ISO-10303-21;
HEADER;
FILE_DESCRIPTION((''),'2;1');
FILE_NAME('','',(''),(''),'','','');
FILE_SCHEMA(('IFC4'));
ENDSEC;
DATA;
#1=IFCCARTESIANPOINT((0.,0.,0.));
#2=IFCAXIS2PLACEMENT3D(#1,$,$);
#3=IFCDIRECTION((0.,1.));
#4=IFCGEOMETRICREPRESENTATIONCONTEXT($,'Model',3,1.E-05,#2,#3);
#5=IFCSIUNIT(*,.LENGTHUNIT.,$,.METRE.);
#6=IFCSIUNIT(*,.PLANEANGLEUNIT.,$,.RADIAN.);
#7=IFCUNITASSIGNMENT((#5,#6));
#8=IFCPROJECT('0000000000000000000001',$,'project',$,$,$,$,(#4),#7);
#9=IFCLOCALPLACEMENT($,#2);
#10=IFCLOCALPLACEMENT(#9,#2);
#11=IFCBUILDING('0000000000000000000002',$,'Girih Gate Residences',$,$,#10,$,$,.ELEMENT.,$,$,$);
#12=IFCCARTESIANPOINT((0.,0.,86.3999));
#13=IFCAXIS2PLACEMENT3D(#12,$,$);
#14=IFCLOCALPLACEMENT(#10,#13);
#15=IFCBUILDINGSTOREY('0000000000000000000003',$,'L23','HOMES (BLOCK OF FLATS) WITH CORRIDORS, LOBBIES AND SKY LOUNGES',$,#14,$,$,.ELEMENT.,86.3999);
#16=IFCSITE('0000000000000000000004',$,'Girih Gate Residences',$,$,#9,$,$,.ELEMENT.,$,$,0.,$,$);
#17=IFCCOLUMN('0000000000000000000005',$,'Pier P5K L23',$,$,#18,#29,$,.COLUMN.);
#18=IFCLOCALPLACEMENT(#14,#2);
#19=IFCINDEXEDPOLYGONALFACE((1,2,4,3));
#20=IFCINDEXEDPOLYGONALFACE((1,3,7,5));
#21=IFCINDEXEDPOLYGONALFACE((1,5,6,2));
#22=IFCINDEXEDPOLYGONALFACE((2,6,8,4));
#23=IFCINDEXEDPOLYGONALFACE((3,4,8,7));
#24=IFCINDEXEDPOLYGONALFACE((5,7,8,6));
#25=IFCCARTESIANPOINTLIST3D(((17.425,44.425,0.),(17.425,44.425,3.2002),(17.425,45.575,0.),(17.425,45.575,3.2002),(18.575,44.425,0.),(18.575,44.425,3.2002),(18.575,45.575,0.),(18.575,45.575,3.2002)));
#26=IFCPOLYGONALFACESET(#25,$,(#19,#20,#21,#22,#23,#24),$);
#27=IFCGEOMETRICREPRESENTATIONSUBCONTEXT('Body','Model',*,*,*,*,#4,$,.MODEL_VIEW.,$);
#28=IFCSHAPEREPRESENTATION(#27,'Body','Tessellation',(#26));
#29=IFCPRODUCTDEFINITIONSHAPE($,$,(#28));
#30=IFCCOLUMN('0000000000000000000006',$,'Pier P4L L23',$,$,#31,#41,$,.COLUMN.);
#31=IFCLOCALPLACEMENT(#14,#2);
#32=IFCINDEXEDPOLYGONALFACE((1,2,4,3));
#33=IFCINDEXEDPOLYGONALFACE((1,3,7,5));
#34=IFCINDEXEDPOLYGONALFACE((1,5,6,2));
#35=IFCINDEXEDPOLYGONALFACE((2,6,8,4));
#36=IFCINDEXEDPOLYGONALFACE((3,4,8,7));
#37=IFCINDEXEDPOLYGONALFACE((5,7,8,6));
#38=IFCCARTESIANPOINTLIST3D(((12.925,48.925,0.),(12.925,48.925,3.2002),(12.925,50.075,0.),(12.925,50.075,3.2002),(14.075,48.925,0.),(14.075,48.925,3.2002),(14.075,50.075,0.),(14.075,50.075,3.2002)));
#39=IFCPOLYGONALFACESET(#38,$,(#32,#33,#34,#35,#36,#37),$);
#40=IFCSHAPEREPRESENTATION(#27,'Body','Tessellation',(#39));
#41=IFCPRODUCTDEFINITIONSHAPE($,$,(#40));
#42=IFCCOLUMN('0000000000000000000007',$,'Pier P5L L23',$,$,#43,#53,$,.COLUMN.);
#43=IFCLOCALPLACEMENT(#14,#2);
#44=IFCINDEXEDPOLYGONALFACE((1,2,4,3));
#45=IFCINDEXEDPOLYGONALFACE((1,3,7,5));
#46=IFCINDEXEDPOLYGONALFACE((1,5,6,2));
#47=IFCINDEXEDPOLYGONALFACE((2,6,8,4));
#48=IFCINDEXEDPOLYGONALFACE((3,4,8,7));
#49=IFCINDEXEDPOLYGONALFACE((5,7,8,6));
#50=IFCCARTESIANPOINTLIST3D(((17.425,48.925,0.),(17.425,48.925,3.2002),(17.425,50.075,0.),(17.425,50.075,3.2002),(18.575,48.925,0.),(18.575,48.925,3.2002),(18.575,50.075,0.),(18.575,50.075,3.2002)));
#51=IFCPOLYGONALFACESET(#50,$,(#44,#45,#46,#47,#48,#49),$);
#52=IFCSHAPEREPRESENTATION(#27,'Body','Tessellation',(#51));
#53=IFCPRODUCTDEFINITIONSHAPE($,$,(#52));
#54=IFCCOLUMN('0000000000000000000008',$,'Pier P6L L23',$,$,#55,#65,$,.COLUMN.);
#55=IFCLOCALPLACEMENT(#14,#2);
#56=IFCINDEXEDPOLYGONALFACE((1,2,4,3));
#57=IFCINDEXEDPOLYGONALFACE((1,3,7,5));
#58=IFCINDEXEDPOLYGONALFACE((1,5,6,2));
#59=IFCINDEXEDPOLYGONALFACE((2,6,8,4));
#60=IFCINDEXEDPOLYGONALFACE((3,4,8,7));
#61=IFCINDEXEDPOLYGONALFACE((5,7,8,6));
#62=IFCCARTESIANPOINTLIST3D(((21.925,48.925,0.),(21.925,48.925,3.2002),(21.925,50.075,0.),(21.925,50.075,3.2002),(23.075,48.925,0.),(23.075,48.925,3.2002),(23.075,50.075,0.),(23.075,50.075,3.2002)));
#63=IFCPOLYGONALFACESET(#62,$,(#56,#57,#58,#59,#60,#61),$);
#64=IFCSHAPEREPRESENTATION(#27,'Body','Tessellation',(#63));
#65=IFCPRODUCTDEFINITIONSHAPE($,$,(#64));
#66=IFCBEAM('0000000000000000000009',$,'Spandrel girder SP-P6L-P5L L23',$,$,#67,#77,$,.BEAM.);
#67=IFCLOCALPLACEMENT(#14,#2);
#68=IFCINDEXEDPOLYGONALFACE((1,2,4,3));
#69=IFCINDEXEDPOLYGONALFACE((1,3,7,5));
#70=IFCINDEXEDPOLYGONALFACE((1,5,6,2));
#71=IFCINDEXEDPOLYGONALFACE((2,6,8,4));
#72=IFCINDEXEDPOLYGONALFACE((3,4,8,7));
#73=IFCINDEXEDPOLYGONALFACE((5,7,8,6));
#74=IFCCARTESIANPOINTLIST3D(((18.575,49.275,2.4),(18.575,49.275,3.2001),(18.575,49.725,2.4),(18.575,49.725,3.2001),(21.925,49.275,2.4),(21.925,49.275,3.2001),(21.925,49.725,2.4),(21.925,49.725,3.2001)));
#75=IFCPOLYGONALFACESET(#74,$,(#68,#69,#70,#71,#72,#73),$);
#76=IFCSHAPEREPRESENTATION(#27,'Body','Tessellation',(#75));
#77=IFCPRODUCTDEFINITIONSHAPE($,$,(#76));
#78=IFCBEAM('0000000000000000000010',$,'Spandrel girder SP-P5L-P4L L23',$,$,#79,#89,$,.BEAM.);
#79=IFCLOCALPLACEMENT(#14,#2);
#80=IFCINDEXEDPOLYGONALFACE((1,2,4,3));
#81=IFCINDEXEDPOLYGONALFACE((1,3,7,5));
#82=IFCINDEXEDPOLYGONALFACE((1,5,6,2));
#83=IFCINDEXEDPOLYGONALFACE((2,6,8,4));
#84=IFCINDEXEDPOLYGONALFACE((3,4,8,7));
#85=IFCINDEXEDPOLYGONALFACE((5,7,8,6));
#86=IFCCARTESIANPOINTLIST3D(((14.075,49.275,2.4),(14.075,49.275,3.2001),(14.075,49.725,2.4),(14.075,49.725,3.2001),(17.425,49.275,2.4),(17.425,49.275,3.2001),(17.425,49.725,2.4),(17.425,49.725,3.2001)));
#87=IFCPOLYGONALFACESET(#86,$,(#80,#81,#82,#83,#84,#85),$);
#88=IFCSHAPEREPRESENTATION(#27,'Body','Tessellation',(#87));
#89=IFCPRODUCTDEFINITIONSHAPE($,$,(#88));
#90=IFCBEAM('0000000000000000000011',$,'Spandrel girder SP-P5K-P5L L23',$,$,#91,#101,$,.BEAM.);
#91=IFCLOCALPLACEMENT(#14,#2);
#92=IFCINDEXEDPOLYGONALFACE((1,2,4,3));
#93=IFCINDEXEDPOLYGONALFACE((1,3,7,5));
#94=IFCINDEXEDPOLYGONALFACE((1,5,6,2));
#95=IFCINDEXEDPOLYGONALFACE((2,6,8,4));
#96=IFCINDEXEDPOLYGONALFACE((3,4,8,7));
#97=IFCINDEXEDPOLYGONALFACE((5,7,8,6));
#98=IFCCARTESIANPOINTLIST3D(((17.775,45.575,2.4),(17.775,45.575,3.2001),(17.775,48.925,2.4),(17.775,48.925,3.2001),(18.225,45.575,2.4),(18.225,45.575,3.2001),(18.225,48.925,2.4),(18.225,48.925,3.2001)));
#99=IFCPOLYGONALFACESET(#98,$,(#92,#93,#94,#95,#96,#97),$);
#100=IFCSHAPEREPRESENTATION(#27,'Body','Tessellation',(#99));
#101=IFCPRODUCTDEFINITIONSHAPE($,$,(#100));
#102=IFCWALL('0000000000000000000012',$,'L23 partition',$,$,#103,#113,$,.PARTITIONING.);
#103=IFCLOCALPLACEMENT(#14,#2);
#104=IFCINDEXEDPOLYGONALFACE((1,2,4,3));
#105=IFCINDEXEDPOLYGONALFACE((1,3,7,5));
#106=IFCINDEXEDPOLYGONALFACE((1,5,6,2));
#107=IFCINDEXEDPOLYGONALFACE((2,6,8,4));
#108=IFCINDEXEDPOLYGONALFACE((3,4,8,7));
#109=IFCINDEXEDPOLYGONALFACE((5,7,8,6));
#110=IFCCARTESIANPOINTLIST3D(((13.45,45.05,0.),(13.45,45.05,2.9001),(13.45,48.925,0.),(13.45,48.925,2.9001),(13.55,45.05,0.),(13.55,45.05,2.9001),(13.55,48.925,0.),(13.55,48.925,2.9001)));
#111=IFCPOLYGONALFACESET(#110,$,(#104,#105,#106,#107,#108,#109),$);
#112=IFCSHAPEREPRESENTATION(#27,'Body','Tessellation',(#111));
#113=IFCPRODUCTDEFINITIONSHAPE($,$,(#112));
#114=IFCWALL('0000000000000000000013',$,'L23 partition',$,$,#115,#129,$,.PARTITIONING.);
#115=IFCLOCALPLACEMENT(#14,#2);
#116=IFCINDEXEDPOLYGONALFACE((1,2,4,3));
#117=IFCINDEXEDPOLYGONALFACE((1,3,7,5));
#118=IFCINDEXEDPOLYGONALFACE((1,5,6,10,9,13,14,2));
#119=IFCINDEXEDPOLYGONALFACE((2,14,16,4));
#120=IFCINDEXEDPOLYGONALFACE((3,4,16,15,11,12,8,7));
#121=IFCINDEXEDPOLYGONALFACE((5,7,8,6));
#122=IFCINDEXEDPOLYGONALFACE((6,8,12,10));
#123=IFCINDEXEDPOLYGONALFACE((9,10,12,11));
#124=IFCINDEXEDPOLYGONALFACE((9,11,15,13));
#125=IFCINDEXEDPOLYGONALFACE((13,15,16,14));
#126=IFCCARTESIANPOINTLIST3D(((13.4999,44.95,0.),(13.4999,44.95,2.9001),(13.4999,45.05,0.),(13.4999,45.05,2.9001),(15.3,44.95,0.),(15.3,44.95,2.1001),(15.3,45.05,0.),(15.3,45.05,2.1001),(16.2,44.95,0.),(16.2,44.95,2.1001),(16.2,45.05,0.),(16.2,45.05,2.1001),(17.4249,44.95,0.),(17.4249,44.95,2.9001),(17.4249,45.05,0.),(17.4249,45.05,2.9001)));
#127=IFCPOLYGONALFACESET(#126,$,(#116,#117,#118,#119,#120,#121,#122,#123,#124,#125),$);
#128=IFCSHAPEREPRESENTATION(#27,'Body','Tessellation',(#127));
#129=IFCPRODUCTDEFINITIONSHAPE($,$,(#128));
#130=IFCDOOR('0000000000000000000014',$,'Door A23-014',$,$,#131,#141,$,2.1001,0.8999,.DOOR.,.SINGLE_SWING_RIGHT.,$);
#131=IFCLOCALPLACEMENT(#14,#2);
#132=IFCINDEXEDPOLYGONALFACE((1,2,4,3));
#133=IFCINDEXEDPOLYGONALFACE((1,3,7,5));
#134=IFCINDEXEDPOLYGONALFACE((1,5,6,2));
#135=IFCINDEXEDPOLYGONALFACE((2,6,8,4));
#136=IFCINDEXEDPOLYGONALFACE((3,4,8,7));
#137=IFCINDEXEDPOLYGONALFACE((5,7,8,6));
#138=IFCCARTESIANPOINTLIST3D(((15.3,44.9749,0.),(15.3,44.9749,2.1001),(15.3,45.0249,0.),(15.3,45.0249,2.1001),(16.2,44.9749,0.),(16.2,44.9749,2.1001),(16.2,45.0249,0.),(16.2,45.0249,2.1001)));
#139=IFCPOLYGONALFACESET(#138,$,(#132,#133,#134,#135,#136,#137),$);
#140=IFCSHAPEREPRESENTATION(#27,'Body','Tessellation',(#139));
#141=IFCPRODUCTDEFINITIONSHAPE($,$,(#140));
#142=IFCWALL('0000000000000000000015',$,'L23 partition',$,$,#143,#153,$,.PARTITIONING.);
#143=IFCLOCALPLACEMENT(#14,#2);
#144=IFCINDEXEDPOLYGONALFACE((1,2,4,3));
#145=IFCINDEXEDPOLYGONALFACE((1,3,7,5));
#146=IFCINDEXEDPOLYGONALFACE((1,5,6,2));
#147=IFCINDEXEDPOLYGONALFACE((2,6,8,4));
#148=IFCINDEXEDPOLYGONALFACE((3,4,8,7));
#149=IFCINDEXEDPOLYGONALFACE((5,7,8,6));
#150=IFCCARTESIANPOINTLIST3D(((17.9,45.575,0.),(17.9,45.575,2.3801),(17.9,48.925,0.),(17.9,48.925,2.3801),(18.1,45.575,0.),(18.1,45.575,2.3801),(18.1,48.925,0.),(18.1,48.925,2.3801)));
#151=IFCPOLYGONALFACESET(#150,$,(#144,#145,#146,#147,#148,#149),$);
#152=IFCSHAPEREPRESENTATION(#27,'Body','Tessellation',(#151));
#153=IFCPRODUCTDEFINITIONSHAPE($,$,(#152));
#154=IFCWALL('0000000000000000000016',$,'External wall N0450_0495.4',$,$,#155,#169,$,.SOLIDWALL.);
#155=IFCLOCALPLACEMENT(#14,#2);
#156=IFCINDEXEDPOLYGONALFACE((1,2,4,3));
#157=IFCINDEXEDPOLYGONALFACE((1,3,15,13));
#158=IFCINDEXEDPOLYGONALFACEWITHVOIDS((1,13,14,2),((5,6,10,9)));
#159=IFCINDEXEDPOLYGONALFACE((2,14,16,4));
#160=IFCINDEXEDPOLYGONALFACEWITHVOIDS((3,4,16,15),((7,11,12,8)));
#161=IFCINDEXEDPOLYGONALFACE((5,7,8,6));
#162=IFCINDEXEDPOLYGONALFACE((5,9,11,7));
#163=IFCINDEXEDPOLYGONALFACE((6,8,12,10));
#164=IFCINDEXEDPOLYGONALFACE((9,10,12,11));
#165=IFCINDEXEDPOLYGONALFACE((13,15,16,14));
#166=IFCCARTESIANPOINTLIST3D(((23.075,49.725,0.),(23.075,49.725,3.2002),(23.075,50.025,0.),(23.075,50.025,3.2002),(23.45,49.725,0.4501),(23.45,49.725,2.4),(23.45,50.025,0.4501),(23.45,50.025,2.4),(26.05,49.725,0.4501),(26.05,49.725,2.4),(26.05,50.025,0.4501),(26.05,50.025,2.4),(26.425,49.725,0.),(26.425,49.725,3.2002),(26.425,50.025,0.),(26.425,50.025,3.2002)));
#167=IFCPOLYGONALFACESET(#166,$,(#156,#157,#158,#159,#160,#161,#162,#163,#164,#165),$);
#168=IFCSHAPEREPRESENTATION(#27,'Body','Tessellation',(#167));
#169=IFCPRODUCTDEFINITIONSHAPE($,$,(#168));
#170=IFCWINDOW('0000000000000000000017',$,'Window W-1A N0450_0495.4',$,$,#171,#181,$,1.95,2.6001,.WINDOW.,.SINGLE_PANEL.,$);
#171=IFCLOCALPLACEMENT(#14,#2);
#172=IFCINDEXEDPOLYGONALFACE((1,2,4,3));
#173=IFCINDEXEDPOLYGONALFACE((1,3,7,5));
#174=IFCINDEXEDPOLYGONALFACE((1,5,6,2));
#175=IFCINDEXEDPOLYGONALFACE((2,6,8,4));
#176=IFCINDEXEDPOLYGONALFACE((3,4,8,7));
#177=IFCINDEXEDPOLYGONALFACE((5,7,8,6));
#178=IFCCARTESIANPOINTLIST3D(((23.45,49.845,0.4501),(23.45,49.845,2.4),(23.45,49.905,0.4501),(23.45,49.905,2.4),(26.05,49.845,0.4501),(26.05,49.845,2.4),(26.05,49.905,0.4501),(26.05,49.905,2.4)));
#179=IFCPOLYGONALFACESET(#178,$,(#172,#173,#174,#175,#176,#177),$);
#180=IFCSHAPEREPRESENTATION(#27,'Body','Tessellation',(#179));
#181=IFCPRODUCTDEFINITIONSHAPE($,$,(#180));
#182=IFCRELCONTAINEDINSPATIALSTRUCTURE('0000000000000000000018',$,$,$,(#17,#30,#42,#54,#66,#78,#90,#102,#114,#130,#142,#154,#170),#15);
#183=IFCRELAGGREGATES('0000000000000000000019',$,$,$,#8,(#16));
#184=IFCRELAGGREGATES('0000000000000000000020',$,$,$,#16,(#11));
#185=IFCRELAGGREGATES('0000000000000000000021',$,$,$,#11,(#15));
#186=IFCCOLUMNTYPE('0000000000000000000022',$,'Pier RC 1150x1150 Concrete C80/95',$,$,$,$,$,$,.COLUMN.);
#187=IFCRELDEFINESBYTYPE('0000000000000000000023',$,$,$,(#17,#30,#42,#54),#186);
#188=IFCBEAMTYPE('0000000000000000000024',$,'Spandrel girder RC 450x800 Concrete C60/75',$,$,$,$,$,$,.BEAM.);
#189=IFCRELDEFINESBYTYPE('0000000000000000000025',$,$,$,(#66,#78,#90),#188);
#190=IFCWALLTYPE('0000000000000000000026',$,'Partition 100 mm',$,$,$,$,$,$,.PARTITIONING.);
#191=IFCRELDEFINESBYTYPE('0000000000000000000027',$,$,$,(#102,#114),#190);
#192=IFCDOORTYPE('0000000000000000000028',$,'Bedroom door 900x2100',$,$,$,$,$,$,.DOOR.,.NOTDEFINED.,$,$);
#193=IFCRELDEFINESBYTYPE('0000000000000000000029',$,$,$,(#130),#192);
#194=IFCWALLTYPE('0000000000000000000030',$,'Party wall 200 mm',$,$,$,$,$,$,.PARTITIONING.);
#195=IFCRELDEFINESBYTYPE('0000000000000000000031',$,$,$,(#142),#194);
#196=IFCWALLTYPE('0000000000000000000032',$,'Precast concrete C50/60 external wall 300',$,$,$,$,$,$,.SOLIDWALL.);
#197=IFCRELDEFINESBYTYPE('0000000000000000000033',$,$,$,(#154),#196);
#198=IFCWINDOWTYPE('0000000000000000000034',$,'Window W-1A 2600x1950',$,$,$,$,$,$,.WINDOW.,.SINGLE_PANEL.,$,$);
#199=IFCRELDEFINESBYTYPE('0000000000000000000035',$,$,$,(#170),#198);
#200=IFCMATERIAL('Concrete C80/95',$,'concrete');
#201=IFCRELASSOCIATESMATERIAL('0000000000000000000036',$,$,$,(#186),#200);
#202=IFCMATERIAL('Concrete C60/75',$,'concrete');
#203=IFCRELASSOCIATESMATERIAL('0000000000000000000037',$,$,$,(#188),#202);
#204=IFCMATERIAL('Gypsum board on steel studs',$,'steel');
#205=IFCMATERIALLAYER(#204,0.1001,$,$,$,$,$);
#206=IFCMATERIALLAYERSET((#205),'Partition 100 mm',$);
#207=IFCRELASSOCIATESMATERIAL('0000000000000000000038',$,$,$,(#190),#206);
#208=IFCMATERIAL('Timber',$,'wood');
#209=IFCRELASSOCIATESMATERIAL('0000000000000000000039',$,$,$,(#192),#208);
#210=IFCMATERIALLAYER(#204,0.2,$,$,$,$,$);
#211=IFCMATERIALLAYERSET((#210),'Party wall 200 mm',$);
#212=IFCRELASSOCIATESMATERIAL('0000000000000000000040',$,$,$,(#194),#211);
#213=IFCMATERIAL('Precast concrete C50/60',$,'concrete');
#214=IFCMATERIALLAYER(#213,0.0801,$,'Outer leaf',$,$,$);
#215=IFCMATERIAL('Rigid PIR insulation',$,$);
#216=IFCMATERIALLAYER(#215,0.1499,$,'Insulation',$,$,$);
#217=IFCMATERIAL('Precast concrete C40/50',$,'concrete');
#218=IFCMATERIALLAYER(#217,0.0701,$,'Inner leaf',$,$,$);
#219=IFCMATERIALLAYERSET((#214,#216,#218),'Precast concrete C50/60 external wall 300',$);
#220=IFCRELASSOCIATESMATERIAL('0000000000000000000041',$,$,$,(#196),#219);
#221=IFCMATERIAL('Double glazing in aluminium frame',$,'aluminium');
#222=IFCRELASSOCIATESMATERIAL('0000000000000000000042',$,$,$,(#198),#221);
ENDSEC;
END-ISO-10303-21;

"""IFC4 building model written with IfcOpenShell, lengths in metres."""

from ifc_helpers import new_model, si_unit, direction, frame, frame_2d, origin, origin_2d, place, context, subcontext, project, spatial, rectangle, extrude, material, layer, layer_set, material_profile, profile_set, type_object, element, fill, save


model = new_model("IFC4")

# Units and contexts
model_context = context("Model", 3, precision=1e-05, world=origin(), true_north=direction((0.0, 1.0)))
body_context = subcontext(model_context, "Body", "Model", "MODEL_VIEW")
ifc_project = project(units=[si_unit("LENGTHUNIT", "METRE"), si_unit("PLANEANGLEUNIT", "RADIAN")], contexts=[model_context])

# Site, building, storey
site_placement = place(None, origin())
site = spatial("IfcSite", under=ifc_project, at=site_placement, Name="Girih Gate Residences", CompositionType="ELEMENT", RefElevation=0.0)
building_placement = place(site_placement, origin())
building = spatial("IfcBuilding", under=site, at=building_placement, Name="Girih Gate Residences", CompositionType="ELEMENT")
storey_placement = place(building_placement, frame((0.0, 0.0, 86.3999)))
storey = spatial("IfcBuildingStorey", under=building, at=storey_placement, Name="L23", Description="HOMES (BLOCK OF FLATS) WITH CORRIDORS, LOBBIES AND SKY LOUNGES", CompositionType="ELEMENT", Elevation=86.3999)

# Columns
ifc_material_1 = material(Name="Concrete C80/95", Category="concrete")
ifc_material_profile_1 = material_profile(ifc_material_1, rectangle(XDim=1.1499, YDim=1.1499, at=origin_2d()))
ifc_profile_set_1 = profile_set([ifc_material_profile_1], Name="Concrete C80/95")
column_type = type_object("IfcColumnType", Name="Pier RC 1150x1150 Concrete C80/95", PredefinedType="COLUMN", material=ifc_profile_set_1)
for number, where, z_axis, x_axis, name in (
    (1, (18.0, 45.0, 0.0), (0.0, 0.0, 1.0), (1.0, 0.0, 0.0), "Pier P5K L23"),
    (2, (13.5, 49.5, 0.0), (0.0, 0.0, 1.0), (1.0, 0.0, 0.0), "Pier P4L L23"),
    (3, (18.0, 49.5, 0.0), (0.0, 0.0, 1.0), (1.0, 0.0, 0.0), "Pier P5L L23"),
    (4, (22.5, 49.5, 0.0), (0.0, 0.0, 1.0), (1.0, 0.0, 0.0), "Pier P6L L23"),
):
    element("IfcColumn", number, at=place(storey_placement, frame(where, z_axis=z_axis, x_axis=x_axis)), inside=storey, type_object=column_type, Name=name, PredefinedType="COLUMN", context=body_context, shape_type="SweptSolid", body=[
        extrude(rectangle(XDim=1.1499, YDim=1.1499, at=origin_2d()), origin(), (0.0, 0.0, 1.0), 3.2002),
    ])

# Beams
ifc_material_2 = material(Name="Concrete C60/75", Category="concrete")
ifc_material_profile_2 = material_profile(ifc_material_2, rectangle(XDim=0.45, YDim=0.8, at=origin_2d()))
ifc_profile_set_2 = profile_set([ifc_material_profile_2], Name="Concrete C60/75")
beam_type = type_object("IfcBeamType", Name="Spandrel girder RC 450x800 Concrete C60/75", PredefinedType="BEAM", material=ifc_profile_set_2)
for number, where, z_axis, x_axis, name in (
    (5, (21.925, 49.5, 2.8), (-1.0, 0.0, 0.0), (0.0, -1.0, 0.0), "Spandrel girder SP-P6L-P5L L23"),
    (6, (17.425, 49.5, 2.8), (-1.0, 0.0, 0.0), (0.0, -1.0, 0.0), "Spandrel girder SP-P5L-P4L L23"),
    (7, (18.0, 45.575, 2.8), (0.0, 1.0, 0.0), (-1.0, 0.0, 0.0), "Spandrel girder SP-P5K-P5L L23"),
):
    element("IfcBeam", number, at=place(storey_placement, frame(where, z_axis=z_axis, x_axis=x_axis)), inside=storey, type_object=beam_type, Name=name, PredefinedType="BEAM", context=body_context, shape_type="SweptSolid", body=[
        extrude(rectangle(XDim=0.45, YDim=0.8, at=origin_2d()), origin(), (0.0, 0.0, 1.0), 3.3501),
    ])

# Wall
ifc_material_3 = material(Name="Gypsum board on steel studs", Category="steel")
ifc_layer_1 = layer(ifc_material_3, 0.1001)
ifc_layer_set_1 = layer_set([ifc_layer_1], Name="Partition 100 mm")
wall_type_1 = type_object("IfcWallType", Name="Partition 100 mm", PredefinedType="PARTITIONING", material=ifc_layer_set_1)
wall_1_placement = place(storey_placement, frame((13.5, 45.05, 0.0), z_axis=(0.0, 0.0, 1.0), x_axis=(0.0, 1.0, 0.0)))
element("IfcWall", 8, at=wall_1_placement, inside=storey, type_object=wall_type_1, Name="L23 partition", PredefinedType="PARTITIONING", context=body_context, shape_type="SweptSolid", body=[
    extrude(rectangle(XDim=3.875, YDim=0.1001, at=frame_2d((1.9375, 0.0))), origin(), (0.0, 0.0, 1.0), 2.9001),
])

# Wall, opening, door
wall_2_placement = place(storey_placement, frame((13.5, 45.0, 0.0), z_axis=(0.0, 0.0, 1.0), x_axis=(1.0, 0.0, 0.0)))
wall_2 = element("IfcWall", 9, at=wall_2_placement, inside=storey, type_object=wall_type_1, Name="L23 partition", PredefinedType="PARTITIONING", context=body_context, shape_type="SweptSolid", body=[
    extrude(rectangle(XDim=3.925, YDim=0.1001, at=frame_2d((1.9624, 0.0))), origin(), (0.0, 0.0, 1.0), 2.9001),
])
opening_1_placement = place(wall_2_placement, frame((1.8, 0.0, 0.0)))
opening_1 = element("IfcOpeningElement", 10, at=opening_1_placement, cuts=wall_2, PredefinedType="OPENING", context=body_context, shape_type="SweptSolid", body=[
    extrude(rectangle(XDim=0.8999, YDim=2.1001, at=frame_2d((0.45, 1.05))), frame((0.0, 0.0601, 0.0), z_axis=(0.0, -1.0, 0.0), x_axis=(1.0, 0.0, 0.0)), (0.0, 0.0, 1.0), 0.1201),
])
ifc_material_4 = material(Name="Timber", Category="wood")
door_type = type_object("IfcDoorType", Name="Bedroom door 900x2100", OperationType="NOTDEFINED", PredefinedType="DOOR", material=ifc_material_4)
door_placement = place(opening_1_placement, origin())
door = element("IfcDoor", 11, at=door_placement, inside=storey, type_object=door_type, Name="Door A23-014", OperationType="SINGLE_SWING_RIGHT", OverallHeight=2.1001, OverallWidth=0.8999, PredefinedType="DOOR", context=body_context, shape_type="SweptSolid", body=[
    extrude(rectangle(XDim=0.8999, YDim=2.1001, at=frame_2d((0.45, 1.05))), frame((0.0, 0.0249, 0.0), z_axis=(0.0, -1.0, 0.0), x_axis=(1.0, 0.0, 0.0)), (0.0, 0.0, 1.0), 0.05),
])
fill(opening_1, door)

# Wall
ifc_layer_2 = layer(ifc_material_3, 0.2)
ifc_layer_set_2 = layer_set([ifc_layer_2], Name="Party wall 200 mm")
wall_type_2 = type_object("IfcWallType", Name="Party wall 200 mm", PredefinedType="PARTITIONING", material=ifc_layer_set_2)
wall_3_placement = place(storey_placement, frame((18.0, 45.575, 0.0), z_axis=(0.0, 0.0, 1.0), x_axis=(0.0, 1.0, 0.0)))
element("IfcWall", 12, at=wall_3_placement, inside=storey, type_object=wall_type_2, Name="L23 partition", PredefinedType="PARTITIONING", context=body_context, shape_type="SweptSolid", body=[
    extrude(rectangle(XDim=3.3501, YDim=0.2, at=frame_2d((1.675, 0.0))), origin(), (0.0, 0.0, 1.0), 2.3801),
])

# Wall, opening, window
ifc_material_5 = material(Name="Precast concrete C50/60", Category="concrete")
ifc_layer_3 = layer(ifc_material_5, 0.0801, Name="Outer leaf")
ifc_material_6 = material(Name="Rigid PIR insulation")
ifc_layer_4 = layer(ifc_material_6, 0.1499, Name="Insulation")
ifc_material_7 = material(Name="Precast concrete C40/50", Category="concrete")
ifc_layer_5 = layer(ifc_material_7, 0.0701, Name="Inner leaf")
ifc_layer_set_3 = layer_set([ifc_layer_3, ifc_layer_4, ifc_layer_5], Name="Precast concrete C50/60 external wall 300")
wall_type_3 = type_object("IfcWallType", Name="Precast concrete C50/60 external wall 300", PredefinedType="SOLIDWALL", material=ifc_layer_set_3)
wall_4_placement = place(storey_placement, frame((23.075, 49.875, 0.0), z_axis=(0.0, 0.0, 1.0), x_axis=(1.0, 0.0, 0.0)))
wall_4 = element("IfcWall", 13, at=wall_4_placement, inside=storey, type_object=wall_type_3, Name="External wall N0450_0495.4", PredefinedType="SOLIDWALL", context=body_context, shape_type="SweptSolid", body=[
    extrude(rectangle(XDim=3.3501, YDim=0.3, at=frame_2d((1.675, 0.0))), origin(), (0.0, 0.0, 1.0), 3.2002),
])
opening_2_placement = place(wall_4_placement, frame((0.375, 0.0, 0.45)))
opening_2 = element("IfcOpeningElement", 14, at=opening_2_placement, cuts=wall_4, PredefinedType="OPENING", context=body_context, shape_type="SweptSolid", body=[
    extrude(rectangle(XDim=2.6001, YDim=1.95, at=frame_2d((1.3, 0.9751))), frame((0.0, 0.1599, 0.0), z_axis=(0.0, -1.0, 0.0), x_axis=(1.0, 0.0, 0.0)), (0.0, 0.0, 1.0), 0.3201),
])
ifc_material_8 = material(Name="Double glazing in aluminium frame", Category="aluminium")
window_type = type_object("IfcWindowType", Name="Window W-1A 2600x1950", PartitioningType="SINGLE_PANEL", PredefinedType="WINDOW", material=ifc_material_8)
window_1_placement = place(opening_2_placement, origin())
window_1 = element("IfcWindow", 15, at=window_1_placement, inside=storey, type_object=window_type, Name="Window W-1A N0450_0495.4", OverallHeight=1.95, OverallWidth=2.6001, PartitioningType="SINGLE_PANEL", PredefinedType="WINDOW", context=body_context, shape_type="SweptSolid", body=[
    extrude(rectangle(XDim=2.6001, YDim=1.95, at=frame_2d((1.3, 0.9751))), frame((0.0, 0.03, 0.0), z_axis=(0.0, -1.0, 0.0), x_axis=(1.0, 0.0, 0.0)), (0.0, 0.0, 1.0), 0.0601),
])
fill(opening_2, window_1)

save(model, "model.ifc")
